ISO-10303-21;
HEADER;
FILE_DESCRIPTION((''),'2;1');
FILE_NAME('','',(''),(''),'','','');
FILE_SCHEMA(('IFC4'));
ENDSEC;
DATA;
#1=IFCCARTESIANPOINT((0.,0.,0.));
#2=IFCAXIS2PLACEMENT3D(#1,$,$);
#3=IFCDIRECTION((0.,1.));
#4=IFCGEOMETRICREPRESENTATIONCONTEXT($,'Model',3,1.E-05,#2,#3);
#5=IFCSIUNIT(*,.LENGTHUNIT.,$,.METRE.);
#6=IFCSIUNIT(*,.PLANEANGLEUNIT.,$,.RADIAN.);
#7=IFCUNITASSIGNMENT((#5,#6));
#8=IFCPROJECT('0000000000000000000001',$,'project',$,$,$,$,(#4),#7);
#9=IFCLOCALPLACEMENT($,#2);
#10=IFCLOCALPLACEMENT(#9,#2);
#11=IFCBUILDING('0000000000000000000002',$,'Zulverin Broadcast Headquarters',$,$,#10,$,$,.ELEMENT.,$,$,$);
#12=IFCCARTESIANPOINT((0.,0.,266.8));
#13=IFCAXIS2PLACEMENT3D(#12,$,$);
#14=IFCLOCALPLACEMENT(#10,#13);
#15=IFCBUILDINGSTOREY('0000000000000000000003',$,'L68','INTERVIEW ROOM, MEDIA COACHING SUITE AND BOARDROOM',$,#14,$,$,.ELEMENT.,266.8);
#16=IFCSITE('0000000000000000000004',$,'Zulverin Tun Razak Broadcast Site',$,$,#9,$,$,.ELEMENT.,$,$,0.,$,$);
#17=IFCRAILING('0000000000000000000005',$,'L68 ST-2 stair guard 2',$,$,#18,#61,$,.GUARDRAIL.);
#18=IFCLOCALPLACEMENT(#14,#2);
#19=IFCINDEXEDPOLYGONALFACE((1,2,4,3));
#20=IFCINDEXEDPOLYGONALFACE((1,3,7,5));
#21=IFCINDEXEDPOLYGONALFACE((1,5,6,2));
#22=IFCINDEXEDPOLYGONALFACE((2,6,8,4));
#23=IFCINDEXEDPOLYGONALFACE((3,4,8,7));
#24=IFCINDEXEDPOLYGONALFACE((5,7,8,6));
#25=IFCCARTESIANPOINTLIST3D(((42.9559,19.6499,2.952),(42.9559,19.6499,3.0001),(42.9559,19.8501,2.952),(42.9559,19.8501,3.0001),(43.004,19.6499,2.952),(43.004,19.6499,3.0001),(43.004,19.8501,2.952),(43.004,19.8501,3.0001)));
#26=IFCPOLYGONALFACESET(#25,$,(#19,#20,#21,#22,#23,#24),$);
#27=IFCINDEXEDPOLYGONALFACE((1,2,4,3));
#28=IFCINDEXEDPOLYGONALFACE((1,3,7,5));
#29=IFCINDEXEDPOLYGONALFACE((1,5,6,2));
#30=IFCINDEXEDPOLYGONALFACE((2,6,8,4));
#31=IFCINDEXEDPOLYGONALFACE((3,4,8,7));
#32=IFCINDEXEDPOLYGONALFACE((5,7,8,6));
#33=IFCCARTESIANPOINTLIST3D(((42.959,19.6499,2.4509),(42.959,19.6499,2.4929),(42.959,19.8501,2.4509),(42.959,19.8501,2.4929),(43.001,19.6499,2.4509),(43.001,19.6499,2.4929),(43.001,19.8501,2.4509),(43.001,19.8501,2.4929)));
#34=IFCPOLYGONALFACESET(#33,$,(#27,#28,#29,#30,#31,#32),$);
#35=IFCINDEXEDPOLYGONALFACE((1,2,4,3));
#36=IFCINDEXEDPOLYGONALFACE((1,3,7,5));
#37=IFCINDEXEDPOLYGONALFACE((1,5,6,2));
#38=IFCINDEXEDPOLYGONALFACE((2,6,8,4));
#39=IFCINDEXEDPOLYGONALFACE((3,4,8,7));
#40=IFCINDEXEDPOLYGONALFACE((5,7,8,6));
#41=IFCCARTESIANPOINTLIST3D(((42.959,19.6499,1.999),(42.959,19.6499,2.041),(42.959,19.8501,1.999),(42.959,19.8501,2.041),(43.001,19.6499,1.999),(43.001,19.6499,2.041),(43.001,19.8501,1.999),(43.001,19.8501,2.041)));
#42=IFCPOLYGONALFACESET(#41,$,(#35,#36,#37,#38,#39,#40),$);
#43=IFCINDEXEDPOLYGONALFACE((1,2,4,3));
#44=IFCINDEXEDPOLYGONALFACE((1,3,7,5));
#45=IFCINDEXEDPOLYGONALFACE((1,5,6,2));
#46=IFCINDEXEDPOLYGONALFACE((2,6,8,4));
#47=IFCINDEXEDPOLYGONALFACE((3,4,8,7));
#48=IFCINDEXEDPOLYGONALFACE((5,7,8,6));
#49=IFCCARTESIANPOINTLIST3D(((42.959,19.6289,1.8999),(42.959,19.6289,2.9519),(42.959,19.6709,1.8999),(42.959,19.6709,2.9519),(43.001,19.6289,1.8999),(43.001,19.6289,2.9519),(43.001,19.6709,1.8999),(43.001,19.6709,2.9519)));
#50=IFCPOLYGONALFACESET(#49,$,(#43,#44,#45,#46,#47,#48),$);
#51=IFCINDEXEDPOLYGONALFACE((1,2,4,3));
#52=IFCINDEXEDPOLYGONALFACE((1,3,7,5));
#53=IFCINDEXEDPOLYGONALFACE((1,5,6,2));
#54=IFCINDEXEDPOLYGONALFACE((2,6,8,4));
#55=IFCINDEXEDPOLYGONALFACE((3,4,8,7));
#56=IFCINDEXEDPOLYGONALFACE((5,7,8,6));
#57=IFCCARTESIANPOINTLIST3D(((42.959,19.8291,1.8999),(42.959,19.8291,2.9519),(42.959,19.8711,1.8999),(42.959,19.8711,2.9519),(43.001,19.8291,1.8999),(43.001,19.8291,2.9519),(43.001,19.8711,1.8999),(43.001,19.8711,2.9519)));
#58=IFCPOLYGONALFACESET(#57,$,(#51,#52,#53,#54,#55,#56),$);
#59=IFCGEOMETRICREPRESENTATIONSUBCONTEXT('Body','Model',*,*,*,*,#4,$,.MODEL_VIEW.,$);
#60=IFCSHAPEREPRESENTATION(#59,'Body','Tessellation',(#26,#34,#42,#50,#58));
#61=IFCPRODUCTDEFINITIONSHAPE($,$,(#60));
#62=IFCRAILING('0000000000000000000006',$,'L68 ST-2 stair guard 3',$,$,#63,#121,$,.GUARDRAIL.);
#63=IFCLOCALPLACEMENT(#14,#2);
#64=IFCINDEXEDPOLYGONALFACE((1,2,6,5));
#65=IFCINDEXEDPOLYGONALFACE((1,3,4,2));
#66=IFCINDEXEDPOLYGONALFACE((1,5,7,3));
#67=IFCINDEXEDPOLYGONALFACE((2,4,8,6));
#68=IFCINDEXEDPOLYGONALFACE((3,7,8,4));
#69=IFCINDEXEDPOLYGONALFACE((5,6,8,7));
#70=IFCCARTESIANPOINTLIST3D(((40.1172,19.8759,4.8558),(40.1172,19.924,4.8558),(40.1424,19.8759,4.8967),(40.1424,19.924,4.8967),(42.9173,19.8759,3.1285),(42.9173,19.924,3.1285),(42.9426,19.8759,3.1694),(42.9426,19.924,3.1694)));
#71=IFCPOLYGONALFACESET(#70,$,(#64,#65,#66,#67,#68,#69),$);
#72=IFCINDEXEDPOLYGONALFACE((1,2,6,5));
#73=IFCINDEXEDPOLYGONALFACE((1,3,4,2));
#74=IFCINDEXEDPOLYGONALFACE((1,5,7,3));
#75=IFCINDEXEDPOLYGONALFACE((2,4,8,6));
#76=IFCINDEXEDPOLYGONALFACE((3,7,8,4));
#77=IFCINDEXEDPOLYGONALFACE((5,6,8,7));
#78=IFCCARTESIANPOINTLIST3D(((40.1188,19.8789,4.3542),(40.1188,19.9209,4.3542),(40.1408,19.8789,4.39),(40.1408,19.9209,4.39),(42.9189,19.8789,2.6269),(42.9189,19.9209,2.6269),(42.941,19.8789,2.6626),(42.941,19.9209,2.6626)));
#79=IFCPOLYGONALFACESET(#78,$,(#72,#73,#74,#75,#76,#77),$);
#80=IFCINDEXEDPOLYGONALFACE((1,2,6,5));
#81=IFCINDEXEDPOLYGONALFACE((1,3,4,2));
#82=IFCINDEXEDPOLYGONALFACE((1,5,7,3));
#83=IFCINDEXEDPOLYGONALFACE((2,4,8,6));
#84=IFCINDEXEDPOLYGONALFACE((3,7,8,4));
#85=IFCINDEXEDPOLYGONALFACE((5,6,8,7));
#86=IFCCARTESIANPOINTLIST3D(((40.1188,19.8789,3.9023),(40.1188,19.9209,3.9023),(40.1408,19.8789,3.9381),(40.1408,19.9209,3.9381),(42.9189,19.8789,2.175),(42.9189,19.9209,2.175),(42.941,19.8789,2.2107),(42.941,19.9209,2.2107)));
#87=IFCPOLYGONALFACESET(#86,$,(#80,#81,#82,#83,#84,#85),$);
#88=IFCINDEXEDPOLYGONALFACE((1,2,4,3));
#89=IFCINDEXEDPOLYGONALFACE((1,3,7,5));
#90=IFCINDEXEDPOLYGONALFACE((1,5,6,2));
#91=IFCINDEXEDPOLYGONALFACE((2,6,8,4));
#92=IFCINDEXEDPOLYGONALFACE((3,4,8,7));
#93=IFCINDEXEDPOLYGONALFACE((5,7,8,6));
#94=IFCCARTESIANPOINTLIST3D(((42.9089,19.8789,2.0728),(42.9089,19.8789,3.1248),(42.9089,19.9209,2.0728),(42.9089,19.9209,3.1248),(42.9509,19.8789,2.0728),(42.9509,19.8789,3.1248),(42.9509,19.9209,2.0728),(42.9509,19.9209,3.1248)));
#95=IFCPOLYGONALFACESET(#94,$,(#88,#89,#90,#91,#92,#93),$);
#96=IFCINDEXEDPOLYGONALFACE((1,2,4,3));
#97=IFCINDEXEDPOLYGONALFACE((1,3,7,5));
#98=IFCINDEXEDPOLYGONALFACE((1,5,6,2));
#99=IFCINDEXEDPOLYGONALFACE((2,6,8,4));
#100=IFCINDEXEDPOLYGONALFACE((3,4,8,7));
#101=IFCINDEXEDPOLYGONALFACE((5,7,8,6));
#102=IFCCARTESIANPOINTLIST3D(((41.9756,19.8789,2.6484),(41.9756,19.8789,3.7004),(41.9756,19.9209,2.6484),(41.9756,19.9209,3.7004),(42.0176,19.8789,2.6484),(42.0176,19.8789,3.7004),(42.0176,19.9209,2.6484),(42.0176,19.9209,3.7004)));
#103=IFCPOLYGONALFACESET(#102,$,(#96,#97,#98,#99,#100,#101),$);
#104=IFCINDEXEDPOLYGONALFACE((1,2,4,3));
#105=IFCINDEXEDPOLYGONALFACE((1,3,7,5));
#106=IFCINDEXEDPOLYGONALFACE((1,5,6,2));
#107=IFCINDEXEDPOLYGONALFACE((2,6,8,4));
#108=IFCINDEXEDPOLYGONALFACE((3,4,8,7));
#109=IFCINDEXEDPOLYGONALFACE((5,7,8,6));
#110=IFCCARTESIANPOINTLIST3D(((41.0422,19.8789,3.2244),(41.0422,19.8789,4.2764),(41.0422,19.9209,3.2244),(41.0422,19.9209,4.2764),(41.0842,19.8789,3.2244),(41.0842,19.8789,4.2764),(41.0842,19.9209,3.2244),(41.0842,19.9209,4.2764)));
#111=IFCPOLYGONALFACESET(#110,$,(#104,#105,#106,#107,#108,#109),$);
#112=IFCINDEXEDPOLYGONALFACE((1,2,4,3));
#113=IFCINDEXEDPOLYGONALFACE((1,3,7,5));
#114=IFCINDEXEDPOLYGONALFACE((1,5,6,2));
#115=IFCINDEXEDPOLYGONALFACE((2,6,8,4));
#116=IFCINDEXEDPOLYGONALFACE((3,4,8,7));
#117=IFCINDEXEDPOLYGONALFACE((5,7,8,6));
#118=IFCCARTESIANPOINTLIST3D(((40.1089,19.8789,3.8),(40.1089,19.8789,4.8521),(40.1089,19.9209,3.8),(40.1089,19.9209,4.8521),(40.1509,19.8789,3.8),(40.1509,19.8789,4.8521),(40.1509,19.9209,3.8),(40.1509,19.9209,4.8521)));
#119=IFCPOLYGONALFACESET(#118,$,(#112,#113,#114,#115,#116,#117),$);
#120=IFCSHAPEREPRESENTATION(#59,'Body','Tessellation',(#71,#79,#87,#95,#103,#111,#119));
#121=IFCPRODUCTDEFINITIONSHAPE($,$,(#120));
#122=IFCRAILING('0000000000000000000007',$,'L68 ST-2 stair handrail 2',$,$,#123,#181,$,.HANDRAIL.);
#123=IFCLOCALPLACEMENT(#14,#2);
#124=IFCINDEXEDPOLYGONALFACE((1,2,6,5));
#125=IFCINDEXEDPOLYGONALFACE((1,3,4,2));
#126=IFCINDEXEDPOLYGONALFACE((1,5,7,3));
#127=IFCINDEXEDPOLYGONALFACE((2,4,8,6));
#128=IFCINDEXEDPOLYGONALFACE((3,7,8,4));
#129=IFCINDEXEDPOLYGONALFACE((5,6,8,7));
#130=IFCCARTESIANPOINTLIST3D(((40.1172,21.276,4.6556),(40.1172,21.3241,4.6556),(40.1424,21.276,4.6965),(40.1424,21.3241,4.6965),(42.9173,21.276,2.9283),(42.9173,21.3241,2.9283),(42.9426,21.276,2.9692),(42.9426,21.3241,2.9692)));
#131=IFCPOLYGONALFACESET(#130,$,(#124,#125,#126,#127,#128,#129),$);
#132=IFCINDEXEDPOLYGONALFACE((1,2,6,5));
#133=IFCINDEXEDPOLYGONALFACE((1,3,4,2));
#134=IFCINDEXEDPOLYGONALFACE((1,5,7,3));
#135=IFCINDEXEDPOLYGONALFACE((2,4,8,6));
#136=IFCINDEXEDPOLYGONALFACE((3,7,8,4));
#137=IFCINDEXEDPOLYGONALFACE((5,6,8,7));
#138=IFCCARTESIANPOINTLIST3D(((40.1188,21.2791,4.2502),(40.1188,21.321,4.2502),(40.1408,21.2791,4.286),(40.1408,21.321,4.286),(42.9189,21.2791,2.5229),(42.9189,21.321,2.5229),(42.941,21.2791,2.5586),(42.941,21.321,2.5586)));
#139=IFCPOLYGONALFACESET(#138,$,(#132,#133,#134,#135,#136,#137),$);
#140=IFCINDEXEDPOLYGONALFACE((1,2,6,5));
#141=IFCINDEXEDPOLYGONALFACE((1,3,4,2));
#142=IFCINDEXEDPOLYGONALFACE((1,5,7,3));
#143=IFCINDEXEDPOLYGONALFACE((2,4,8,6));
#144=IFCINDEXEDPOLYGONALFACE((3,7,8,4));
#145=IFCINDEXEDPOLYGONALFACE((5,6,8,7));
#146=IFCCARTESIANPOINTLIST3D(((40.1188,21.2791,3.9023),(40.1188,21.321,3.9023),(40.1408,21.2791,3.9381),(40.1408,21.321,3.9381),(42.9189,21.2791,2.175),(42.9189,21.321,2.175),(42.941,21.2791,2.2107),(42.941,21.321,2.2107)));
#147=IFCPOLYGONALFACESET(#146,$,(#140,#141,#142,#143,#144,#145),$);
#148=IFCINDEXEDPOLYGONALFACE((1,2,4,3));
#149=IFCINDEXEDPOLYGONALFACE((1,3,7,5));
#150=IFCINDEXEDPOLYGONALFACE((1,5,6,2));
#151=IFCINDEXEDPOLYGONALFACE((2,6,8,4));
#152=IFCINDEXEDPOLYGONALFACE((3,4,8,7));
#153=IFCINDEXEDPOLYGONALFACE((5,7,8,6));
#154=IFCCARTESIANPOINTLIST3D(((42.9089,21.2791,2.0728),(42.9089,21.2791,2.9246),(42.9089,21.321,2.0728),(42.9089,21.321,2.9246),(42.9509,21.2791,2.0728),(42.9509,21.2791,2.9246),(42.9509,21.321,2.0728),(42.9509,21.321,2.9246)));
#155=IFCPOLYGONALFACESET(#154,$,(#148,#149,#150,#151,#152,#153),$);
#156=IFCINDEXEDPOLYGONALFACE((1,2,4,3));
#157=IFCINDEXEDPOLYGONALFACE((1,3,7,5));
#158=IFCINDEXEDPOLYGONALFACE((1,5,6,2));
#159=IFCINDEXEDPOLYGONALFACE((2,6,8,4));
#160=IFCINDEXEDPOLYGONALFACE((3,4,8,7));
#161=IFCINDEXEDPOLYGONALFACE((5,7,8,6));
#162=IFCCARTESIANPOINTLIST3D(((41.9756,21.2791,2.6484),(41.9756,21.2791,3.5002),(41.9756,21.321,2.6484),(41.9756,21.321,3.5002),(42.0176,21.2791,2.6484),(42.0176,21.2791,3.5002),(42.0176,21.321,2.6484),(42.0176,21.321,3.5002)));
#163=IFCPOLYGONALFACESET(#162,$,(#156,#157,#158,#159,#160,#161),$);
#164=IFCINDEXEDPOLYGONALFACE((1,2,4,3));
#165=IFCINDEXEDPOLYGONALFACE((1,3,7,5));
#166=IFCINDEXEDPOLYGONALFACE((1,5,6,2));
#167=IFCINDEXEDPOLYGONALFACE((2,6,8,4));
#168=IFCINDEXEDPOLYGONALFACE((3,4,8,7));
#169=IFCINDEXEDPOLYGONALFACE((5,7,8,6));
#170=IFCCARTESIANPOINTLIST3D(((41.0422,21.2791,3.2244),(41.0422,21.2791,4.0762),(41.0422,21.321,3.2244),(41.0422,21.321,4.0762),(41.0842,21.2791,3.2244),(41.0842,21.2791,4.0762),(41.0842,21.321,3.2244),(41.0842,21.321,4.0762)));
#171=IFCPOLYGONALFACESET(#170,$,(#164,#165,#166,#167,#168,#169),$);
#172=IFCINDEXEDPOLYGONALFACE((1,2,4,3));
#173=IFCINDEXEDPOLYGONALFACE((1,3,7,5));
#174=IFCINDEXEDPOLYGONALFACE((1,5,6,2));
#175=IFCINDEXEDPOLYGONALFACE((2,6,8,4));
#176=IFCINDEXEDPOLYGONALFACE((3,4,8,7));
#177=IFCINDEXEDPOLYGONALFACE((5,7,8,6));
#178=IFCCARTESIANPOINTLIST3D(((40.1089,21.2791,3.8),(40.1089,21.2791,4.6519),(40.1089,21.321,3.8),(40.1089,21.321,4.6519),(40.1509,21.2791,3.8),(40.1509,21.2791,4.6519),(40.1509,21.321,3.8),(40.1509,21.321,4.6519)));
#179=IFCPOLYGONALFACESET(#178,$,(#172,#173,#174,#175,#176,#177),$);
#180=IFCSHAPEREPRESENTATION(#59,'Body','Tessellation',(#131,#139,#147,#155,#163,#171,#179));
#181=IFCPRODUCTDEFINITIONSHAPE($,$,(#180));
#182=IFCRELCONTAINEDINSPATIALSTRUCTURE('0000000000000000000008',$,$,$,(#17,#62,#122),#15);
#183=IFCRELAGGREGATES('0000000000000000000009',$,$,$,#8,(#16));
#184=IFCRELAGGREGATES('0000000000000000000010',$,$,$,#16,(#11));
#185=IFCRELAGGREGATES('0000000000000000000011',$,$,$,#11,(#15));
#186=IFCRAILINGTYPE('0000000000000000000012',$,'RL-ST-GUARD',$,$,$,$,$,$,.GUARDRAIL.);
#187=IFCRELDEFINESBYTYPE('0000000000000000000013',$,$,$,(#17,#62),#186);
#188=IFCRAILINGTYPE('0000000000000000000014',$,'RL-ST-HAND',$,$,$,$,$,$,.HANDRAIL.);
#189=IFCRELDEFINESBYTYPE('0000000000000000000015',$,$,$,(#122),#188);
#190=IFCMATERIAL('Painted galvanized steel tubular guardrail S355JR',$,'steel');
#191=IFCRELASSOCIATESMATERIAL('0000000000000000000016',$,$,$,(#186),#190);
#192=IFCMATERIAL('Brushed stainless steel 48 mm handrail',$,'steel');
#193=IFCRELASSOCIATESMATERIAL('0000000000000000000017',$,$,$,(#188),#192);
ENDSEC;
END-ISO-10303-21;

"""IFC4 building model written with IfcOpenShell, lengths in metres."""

from ifc_helpers import new_model, si_unit, direction, frame, origin, origin_2d, place, context, subcontext, project, spatial, rectangle, extrude, material, type_object, element, save


model = new_model("IFC4")

# Units and contexts
model_context = context("Model", 3, precision=1e-05, world=origin(), true_north=direction((0.0, 1.0)))
body_context = subcontext(model_context, "Body", "Model", "MODEL_VIEW")
ifc_project = project(units=[si_unit("LENGTHUNIT", "METRE"), si_unit("PLANEANGLEUNIT", "RADIAN")], contexts=[model_context])

# Site, building, storey
site_placement = place(None, origin())
site = spatial("IfcSite", under=ifc_project, at=site_placement, Name="Zulverin Tun Razak Broadcast Site", CompositionType="ELEMENT", RefElevation=0.0)
building_placement = place(site_placement, origin())
building = spatial("IfcBuilding", under=site, at=building_placement, Name="Zulverin Broadcast Headquarters", CompositionType="ELEMENT")
storey_placement = place(building_placement, frame((0.0, 0.0, 266.8)))
storey = spatial("IfcBuildingStorey", under=building, at=storey_placement, Name="L68", Description="INTERVIEW ROOM, MEDIA COACHING SUITE AND BOARDROOM", CompositionType="ELEMENT", Elevation=266.8)

# Railings
ifc_material_1 = material(Name="Painted galvanized steel tubular guardrail S355JR", Category="steel")
railing_type_1 = type_object("IfcRailingType", Name="RL-ST-GUARD", PredefinedType="GUARDRAIL", material=ifc_material_1)
railing_1_placement = place(storey_placement, frame((42.98, 19.6499, 1.8999)))
element("IfcRailing", 1, at=railing_1_placement, inside=storey, type_object=railing_type_1, Name="L68 ST-2 stair guard 2", PredefinedType="GUARDRAIL", context=body_context, shape_type="SweptSolid", body=[
    extrude(rectangle(XDim=0.0481, YDim=0.0481, at=origin_2d()), frame((0.0, 0.0, 1.0762), z_axis=(0.0, 1.0, 0.0), x_axis=(-1.0, 0.0, 0.0)), (0.0, 0.0, 1.0), 0.2002),
    extrude(rectangle(XDim=0.042, YDim=0.042, at=origin_2d()), frame((0.0, 0.0, 0.572), z_axis=(0.0, 1.0, 0.0), x_axis=(-1.0, 0.0, 0.0)), (0.0, 0.0, 1.0), 0.2002),
    extrude(rectangle(XDim=0.042, YDim=0.042, at=origin_2d()), frame((0.0, 0.0, 0.1201), z_axis=(0.0, 1.0, 0.0), x_axis=(-1.0, 0.0, 0.0)), (0.0, 0.0, 1.0), 0.2002),
    extrude(rectangle(XDim=0.042, YDim=0.042, at=origin_2d()), origin(), (0.0, 0.0, 1.0), 1.052),
    extrude(rectangle(XDim=0.042, YDim=0.042, at=origin_2d()), frame((0.0, 0.2002, 0.0)), (0.0, 0.0, 1.0), 1.052),
])
railing_2_placement = place(storey_placement, frame((42.9299, 19.8999, 2.0728)))
element("IfcRailing", 2, at=railing_2_placement, inside=storey, type_object=railing_type_1, Name="L68 ST-2 stair guard 3", PredefinedType="GUARDRAIL", context=body_context, shape_type="SweptSolid", body=[
    extrude(rectangle(XDim=0.0481, YDim=0.0481, at=origin_2d()), frame((0.0, 0.0, 1.0762), z_axis=(-0.85109, 0.0, 0.52502), x_axis=(0.0, -1.0, 0.0)), (0.0, 0.0, 1.0), 3.29),
    extrude(rectangle(XDim=0.042, YDim=0.042, at=origin_2d()), frame((0.0, 0.0, 0.572), z_axis=(-0.85109, 0.0, 0.52502), x_axis=(0.0, -1.0, 0.0)), (0.0, 0.0, 1.0), 3.29),
    extrude(rectangle(XDim=0.042, YDim=0.042, at=origin_2d()), frame((0.0, 0.0, 0.1201), z_axis=(-0.85109, 0.0, 0.52502), x_axis=(0.0, -1.0, 0.0)), (0.0, 0.0, 1.0), 3.29),
    extrude(rectangle(XDim=0.042, YDim=0.042, at=origin_2d()), origin(), (0.0, 0.0, 1.0), 1.052),
    extrude(rectangle(XDim=0.042, YDim=0.042, at=origin_2d()), frame((-0.9333, 0.0, 0.5757)), (0.0, 0.0, 1.0), 1.052),
    extrude(rectangle(XDim=0.042, YDim=0.042, at=origin_2d()), frame((-1.8667, 0.0, 1.1516)), (0.0, 0.0, 1.0), 1.052),
    extrude(rectangle(XDim=0.042, YDim=0.042, at=origin_2d()), frame((-2.8, 0.0, 1.7273)), (0.0, 0.0, 1.0), 1.052),
])
ifc_material_2 = material(Name="Brushed stainless steel 48 mm handrail", Category="steel")
railing_type_2 = type_object("IfcRailingType", Name="RL-ST-HAND", PredefinedType="HANDRAIL", material=ifc_material_2)
railing_3_placement = place(storey_placement, frame((42.9299, 21.3, 2.0728)))
element("IfcRailing", 3, at=railing_3_placement, inside=storey, type_object=railing_type_2, Name="L68 ST-2 stair handrail 2", PredefinedType="HANDRAIL", context=body_context, shape_type="SweptSolid", body=[
    extrude(rectangle(XDim=0.0481, YDim=0.0481, at=origin_2d()), frame((0.0, 0.0, 0.876), z_axis=(-0.85109, 0.0, 0.52502), x_axis=(0.0, -1.0, 0.0)), (0.0, 0.0, 1.0), 3.29),
    extrude(rectangle(XDim=0.042, YDim=0.042, at=origin_2d()), frame((0.0, 0.0, 0.468), z_axis=(-0.85109, 0.0, 0.52502), x_axis=(0.0, -1.0, 0.0)), (0.0, 0.0, 1.0), 3.29),
    extrude(rectangle(XDim=0.042, YDim=0.042, at=origin_2d()), frame((0.0, 0.0, 0.1201), z_axis=(-0.85109, 0.0, 0.52502), x_axis=(0.0, -1.0, 0.0)), (0.0, 0.0, 1.0), 3.29),
    extrude(rectangle(XDim=0.042, YDim=0.042, at=origin_2d()), origin(), (0.0, 0.0, 1.0), 0.8518),
    extrude(rectangle(XDim=0.042, YDim=0.042, at=origin_2d()), frame((-0.9333, 0.0, 0.5757)), (0.0, 0.0, 1.0), 0.8518),
    extrude(rectangle(XDim=0.042, YDim=0.042, at=origin_2d()), frame((-1.8667, 0.0, 1.1516)), (0.0, 0.0, 1.0), 0.8518),
    extrude(rectangle(XDim=0.042, YDim=0.042, at=origin_2d()), frame((-2.8, 0.0, 1.7273)), (0.0, 0.0, 1.0), 0.8518),
])

save(model, "model.ifc")
